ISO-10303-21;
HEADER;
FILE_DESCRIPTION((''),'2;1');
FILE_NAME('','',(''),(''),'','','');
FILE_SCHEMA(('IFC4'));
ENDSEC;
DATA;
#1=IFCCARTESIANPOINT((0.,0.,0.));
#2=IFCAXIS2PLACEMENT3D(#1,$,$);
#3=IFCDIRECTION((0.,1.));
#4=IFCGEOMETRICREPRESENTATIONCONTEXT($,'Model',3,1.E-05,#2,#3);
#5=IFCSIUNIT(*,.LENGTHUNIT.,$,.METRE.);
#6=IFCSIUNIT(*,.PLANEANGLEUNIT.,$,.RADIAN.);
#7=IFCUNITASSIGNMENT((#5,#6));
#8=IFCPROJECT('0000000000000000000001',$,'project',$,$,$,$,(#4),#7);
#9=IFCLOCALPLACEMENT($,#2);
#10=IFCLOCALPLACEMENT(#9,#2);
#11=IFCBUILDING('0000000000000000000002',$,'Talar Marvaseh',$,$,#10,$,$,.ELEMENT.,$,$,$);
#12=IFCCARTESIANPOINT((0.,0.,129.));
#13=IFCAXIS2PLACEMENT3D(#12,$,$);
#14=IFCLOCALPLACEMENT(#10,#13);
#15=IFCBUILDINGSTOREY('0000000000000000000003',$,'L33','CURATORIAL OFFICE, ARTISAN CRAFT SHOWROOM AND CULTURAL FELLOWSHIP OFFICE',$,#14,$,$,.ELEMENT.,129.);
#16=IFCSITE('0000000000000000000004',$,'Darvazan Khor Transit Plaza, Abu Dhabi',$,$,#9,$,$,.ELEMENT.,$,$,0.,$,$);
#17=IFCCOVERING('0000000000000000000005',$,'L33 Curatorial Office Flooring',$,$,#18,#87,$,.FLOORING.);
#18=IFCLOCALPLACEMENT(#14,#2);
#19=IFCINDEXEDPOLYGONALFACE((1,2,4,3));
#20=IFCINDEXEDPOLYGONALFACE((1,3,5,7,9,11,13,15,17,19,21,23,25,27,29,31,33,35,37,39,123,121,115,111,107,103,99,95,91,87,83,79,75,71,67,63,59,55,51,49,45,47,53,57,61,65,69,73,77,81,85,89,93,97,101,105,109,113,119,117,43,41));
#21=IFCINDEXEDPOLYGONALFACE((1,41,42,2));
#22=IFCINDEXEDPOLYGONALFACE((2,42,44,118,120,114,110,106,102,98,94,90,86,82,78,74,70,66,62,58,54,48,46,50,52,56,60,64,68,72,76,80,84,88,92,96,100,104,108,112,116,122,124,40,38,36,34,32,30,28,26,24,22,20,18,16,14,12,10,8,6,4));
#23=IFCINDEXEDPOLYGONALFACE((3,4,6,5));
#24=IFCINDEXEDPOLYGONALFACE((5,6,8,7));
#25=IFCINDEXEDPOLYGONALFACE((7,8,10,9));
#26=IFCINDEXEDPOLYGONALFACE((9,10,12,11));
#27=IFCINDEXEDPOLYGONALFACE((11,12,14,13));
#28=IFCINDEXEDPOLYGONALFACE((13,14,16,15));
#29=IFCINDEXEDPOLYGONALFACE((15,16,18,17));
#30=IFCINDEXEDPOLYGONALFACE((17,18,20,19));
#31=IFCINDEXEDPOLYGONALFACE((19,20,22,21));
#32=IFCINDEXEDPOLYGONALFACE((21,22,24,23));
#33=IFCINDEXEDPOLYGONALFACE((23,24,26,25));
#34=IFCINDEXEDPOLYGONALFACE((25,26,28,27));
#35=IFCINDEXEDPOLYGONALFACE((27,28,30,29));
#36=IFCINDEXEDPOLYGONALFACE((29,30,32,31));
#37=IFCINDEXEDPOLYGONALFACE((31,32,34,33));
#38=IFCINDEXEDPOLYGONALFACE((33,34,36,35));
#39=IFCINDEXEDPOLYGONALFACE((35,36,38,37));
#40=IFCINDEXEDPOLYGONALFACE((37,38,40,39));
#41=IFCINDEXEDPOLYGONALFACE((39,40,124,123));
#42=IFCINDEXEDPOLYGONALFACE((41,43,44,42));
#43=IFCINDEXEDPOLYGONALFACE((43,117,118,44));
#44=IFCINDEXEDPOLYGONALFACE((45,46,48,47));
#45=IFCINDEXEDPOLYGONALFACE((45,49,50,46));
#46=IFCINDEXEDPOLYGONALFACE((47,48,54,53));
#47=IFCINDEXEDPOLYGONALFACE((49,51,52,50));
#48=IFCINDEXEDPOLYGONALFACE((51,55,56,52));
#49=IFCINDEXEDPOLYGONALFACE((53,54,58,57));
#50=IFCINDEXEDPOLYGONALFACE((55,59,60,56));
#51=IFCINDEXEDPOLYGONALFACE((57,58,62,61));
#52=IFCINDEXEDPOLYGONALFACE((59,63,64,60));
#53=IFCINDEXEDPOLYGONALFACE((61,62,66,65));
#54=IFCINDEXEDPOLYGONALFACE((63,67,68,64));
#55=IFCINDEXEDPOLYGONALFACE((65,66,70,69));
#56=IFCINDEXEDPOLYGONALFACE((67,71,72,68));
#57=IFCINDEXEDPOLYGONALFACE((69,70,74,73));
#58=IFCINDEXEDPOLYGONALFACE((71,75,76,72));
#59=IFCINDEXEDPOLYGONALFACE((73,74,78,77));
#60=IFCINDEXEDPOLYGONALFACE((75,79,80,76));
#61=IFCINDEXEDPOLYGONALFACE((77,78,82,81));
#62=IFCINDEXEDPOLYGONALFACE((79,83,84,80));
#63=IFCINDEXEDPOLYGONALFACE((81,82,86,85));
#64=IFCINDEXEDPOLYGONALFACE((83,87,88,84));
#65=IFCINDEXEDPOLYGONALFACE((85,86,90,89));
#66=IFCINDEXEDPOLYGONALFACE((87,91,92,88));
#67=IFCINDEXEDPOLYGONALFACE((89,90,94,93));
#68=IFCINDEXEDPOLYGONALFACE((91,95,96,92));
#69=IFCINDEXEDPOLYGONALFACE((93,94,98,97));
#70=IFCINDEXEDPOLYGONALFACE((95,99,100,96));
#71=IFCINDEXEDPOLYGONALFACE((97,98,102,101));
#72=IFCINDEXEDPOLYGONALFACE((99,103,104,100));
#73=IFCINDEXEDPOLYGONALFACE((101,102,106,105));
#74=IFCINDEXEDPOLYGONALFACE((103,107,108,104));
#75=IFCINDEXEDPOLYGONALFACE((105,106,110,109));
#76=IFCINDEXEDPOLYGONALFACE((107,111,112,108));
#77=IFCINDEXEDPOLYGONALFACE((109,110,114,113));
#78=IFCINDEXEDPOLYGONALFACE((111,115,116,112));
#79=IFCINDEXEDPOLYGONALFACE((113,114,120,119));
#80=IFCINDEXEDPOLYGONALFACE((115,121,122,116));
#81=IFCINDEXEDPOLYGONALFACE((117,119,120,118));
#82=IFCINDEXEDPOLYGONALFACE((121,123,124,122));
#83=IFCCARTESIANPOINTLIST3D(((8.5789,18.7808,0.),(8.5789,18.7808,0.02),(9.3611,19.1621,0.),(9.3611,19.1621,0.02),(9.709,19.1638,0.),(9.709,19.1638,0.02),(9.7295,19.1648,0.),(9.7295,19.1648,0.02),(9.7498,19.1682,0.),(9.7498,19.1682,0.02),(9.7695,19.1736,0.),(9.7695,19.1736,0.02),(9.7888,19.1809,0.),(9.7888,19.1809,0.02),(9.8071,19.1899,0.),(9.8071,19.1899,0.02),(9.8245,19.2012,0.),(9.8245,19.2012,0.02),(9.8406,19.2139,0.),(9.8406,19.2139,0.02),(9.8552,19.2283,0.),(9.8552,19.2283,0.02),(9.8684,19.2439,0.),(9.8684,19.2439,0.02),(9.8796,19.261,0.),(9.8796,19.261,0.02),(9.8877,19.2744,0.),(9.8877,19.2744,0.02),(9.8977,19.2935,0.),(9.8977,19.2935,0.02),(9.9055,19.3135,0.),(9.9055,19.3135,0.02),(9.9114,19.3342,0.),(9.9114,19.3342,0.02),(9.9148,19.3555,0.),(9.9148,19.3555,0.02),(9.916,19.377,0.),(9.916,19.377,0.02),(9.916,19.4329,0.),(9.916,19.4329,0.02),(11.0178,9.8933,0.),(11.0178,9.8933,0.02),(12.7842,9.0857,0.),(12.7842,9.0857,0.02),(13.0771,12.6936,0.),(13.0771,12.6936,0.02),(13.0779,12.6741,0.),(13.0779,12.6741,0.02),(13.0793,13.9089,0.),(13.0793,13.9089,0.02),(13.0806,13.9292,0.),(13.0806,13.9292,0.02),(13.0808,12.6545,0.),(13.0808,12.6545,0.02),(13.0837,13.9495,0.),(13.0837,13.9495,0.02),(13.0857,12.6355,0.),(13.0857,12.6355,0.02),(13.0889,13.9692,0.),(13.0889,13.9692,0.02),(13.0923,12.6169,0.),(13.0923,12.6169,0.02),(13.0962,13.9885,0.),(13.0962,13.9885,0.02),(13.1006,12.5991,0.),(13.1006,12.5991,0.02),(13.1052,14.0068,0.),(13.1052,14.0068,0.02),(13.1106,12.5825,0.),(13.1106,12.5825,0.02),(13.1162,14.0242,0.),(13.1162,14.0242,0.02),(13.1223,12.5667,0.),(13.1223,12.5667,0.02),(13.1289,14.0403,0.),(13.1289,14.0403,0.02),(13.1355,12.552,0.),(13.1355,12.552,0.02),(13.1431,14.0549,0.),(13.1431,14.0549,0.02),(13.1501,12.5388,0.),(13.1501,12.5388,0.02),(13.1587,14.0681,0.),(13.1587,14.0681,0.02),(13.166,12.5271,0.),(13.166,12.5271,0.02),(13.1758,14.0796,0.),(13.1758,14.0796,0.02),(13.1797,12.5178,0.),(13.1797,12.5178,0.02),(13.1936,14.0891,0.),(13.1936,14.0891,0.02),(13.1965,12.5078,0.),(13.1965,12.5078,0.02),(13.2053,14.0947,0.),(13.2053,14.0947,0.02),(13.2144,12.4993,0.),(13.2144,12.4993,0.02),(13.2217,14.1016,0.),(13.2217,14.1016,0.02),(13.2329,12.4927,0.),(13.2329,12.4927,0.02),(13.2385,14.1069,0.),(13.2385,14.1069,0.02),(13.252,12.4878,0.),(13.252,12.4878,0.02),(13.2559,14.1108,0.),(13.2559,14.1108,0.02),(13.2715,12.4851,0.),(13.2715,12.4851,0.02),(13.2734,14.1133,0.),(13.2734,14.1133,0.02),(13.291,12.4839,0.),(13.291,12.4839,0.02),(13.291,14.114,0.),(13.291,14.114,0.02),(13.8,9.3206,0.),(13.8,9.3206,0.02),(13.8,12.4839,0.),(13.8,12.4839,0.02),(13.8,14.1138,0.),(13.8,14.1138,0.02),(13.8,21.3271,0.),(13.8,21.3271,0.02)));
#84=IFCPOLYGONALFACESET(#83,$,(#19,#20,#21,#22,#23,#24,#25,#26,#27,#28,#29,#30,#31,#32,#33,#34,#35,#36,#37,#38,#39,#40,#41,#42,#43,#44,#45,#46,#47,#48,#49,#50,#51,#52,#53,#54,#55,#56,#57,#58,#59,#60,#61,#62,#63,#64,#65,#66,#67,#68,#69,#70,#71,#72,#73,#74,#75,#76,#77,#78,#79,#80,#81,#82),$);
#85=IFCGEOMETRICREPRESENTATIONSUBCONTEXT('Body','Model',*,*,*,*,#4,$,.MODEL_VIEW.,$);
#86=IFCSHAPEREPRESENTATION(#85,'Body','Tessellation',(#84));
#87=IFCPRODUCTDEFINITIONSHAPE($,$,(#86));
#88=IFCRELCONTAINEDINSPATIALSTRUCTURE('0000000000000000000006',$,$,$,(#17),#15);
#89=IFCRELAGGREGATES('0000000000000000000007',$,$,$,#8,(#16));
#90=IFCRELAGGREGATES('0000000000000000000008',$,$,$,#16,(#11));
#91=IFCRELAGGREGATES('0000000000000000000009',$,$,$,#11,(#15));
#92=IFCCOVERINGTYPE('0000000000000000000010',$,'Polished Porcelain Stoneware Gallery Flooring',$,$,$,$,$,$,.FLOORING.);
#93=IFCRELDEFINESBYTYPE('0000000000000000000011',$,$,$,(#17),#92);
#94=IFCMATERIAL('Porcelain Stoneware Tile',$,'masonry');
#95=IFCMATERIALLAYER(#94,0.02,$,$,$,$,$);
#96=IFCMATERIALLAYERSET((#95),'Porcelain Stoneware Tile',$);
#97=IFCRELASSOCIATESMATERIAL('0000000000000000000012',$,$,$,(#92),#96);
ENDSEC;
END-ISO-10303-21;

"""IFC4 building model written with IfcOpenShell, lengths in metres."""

from ifc_helpers import new_model, si_unit, direction, frame, origin, place, context, subcontext, project, spatial, polyline, outline, extrude, material, layer, layer_set, type_object, element, save


model = new_model("IFC4")

# Units and contexts
model_context = context("Model", 3, precision=1e-05, world=origin(), true_north=direction((0.0, 1.0)))
body_context = subcontext(model_context, "Body", "Model", "MODEL_VIEW")
ifc_project = project(units=[si_unit("LENGTHUNIT", "METRE"), si_unit("PLANEANGLEUNIT", "RADIAN")], contexts=[model_context])

# Site, building, storey
site_placement = place(None, origin())
site = spatial("IfcSite", under=ifc_project, at=site_placement, Name="Darvazan Khor Transit Plaza, Abu Dhabi", CompositionType="ELEMENT", RefElevation=0.0)
building_placement = place(site_placement, origin())
building = spatial("IfcBuilding", under=site, at=building_placement, Name="Talar Marvaseh", CompositionType="ELEMENT")
storey_placement = place(building_placement, frame((0.0, 0.0, 129.0)))
storey = spatial("IfcBuildingStorey", under=building, at=storey_placement, Name="L33", Description="CURATORIAL OFFICE, ARTISAN CRAFT SHOWROOM AND CULTURAL FELLOWSHIP OFFICE", CompositionType="ELEMENT", Elevation=129.0)

# Covering
ifc_material_1 = material(Name="Porcelain Stoneware Tile", Category="masonry")
ifc_layer_1 = layer(ifc_material_1, 0.02)
ifc_layer_set_1 = layer_set([ifc_layer_1], Name="Porcelain Stoneware Tile")
covering_type_1 = type_object("IfcCoveringType", Name="Polished Porcelain Stoneware Gallery Flooring", PredefinedType="FLOORING", material=ifc_layer_set_1)
covering_1_placement = place(storey_placement, origin())
element("IfcCovering", 1, at=covering_1_placement, inside=storey, type_object=covering_type_1, Name="L33 Curatorial Office Flooring", PredefinedType="FLOORING", context=body_context, shape_type="SweptSolid", body=[
    extrude(outline(polyline([(9.3611, 19.1621), (9.709, 19.1638), (9.7295, 19.1648), (9.7498, 19.1682), (9.7695, 19.1736), (9.7888, 19.1809), (9.8071, 19.1899), (9.8245, 19.2012), (9.8406, 19.2139), (9.8552, 19.2283), (9.8684, 19.2439), (9.8796, 19.261), (9.8877, 19.2744), (9.8977, 19.2935), (9.9055, 19.3135), (9.9114, 19.3342), (9.9148, 19.3555), (9.916, 19.377), (9.916, 19.4329), (13.8, 21.3271), (13.8, 14.1138), (13.291, 14.114), (13.2734, 14.1133), (13.2559, 14.1108), (13.2385, 14.1069), (13.2217, 14.1016), (13.2053, 14.0947), (13.1936, 14.0891), (13.1758, 14.0796), (13.1587, 14.0681), (13.1431, 14.0549), (13.1289, 14.0403), (13.1162, 14.0242), (13.1052, 14.0068), (13.0962, 13.9885), (13.0889, 13.9692), (13.0837, 13.9495), (13.0806, 13.9292), (13.0793, 13.9089), (13.0771, 12.6936), (13.0779, 12.6741), (13.0808, 12.6545), (13.0857, 12.6355), (13.0923, 12.6169), (13.1006, 12.5991), (13.1106, 12.5825), (13.1223, 12.5667), (13.1355, 12.552), (13.1501, 12.5388), (13.166, 12.5271), (13.1797, 12.5178), (13.1965, 12.5078), (13.2144, 12.4993), (13.2329, 12.4927), (13.252, 12.4878), (13.2715, 12.4851), (13.291, 12.4839), (13.8, 12.4839), (13.8, 9.3206), (12.7842, 9.0857), (11.0178, 9.8933), (8.5789, 18.7808), (9.3611, 19.1621)])), origin(), (0.0, 0.0, 1.0), 0.02),
])

save(model, "model.ifc")
